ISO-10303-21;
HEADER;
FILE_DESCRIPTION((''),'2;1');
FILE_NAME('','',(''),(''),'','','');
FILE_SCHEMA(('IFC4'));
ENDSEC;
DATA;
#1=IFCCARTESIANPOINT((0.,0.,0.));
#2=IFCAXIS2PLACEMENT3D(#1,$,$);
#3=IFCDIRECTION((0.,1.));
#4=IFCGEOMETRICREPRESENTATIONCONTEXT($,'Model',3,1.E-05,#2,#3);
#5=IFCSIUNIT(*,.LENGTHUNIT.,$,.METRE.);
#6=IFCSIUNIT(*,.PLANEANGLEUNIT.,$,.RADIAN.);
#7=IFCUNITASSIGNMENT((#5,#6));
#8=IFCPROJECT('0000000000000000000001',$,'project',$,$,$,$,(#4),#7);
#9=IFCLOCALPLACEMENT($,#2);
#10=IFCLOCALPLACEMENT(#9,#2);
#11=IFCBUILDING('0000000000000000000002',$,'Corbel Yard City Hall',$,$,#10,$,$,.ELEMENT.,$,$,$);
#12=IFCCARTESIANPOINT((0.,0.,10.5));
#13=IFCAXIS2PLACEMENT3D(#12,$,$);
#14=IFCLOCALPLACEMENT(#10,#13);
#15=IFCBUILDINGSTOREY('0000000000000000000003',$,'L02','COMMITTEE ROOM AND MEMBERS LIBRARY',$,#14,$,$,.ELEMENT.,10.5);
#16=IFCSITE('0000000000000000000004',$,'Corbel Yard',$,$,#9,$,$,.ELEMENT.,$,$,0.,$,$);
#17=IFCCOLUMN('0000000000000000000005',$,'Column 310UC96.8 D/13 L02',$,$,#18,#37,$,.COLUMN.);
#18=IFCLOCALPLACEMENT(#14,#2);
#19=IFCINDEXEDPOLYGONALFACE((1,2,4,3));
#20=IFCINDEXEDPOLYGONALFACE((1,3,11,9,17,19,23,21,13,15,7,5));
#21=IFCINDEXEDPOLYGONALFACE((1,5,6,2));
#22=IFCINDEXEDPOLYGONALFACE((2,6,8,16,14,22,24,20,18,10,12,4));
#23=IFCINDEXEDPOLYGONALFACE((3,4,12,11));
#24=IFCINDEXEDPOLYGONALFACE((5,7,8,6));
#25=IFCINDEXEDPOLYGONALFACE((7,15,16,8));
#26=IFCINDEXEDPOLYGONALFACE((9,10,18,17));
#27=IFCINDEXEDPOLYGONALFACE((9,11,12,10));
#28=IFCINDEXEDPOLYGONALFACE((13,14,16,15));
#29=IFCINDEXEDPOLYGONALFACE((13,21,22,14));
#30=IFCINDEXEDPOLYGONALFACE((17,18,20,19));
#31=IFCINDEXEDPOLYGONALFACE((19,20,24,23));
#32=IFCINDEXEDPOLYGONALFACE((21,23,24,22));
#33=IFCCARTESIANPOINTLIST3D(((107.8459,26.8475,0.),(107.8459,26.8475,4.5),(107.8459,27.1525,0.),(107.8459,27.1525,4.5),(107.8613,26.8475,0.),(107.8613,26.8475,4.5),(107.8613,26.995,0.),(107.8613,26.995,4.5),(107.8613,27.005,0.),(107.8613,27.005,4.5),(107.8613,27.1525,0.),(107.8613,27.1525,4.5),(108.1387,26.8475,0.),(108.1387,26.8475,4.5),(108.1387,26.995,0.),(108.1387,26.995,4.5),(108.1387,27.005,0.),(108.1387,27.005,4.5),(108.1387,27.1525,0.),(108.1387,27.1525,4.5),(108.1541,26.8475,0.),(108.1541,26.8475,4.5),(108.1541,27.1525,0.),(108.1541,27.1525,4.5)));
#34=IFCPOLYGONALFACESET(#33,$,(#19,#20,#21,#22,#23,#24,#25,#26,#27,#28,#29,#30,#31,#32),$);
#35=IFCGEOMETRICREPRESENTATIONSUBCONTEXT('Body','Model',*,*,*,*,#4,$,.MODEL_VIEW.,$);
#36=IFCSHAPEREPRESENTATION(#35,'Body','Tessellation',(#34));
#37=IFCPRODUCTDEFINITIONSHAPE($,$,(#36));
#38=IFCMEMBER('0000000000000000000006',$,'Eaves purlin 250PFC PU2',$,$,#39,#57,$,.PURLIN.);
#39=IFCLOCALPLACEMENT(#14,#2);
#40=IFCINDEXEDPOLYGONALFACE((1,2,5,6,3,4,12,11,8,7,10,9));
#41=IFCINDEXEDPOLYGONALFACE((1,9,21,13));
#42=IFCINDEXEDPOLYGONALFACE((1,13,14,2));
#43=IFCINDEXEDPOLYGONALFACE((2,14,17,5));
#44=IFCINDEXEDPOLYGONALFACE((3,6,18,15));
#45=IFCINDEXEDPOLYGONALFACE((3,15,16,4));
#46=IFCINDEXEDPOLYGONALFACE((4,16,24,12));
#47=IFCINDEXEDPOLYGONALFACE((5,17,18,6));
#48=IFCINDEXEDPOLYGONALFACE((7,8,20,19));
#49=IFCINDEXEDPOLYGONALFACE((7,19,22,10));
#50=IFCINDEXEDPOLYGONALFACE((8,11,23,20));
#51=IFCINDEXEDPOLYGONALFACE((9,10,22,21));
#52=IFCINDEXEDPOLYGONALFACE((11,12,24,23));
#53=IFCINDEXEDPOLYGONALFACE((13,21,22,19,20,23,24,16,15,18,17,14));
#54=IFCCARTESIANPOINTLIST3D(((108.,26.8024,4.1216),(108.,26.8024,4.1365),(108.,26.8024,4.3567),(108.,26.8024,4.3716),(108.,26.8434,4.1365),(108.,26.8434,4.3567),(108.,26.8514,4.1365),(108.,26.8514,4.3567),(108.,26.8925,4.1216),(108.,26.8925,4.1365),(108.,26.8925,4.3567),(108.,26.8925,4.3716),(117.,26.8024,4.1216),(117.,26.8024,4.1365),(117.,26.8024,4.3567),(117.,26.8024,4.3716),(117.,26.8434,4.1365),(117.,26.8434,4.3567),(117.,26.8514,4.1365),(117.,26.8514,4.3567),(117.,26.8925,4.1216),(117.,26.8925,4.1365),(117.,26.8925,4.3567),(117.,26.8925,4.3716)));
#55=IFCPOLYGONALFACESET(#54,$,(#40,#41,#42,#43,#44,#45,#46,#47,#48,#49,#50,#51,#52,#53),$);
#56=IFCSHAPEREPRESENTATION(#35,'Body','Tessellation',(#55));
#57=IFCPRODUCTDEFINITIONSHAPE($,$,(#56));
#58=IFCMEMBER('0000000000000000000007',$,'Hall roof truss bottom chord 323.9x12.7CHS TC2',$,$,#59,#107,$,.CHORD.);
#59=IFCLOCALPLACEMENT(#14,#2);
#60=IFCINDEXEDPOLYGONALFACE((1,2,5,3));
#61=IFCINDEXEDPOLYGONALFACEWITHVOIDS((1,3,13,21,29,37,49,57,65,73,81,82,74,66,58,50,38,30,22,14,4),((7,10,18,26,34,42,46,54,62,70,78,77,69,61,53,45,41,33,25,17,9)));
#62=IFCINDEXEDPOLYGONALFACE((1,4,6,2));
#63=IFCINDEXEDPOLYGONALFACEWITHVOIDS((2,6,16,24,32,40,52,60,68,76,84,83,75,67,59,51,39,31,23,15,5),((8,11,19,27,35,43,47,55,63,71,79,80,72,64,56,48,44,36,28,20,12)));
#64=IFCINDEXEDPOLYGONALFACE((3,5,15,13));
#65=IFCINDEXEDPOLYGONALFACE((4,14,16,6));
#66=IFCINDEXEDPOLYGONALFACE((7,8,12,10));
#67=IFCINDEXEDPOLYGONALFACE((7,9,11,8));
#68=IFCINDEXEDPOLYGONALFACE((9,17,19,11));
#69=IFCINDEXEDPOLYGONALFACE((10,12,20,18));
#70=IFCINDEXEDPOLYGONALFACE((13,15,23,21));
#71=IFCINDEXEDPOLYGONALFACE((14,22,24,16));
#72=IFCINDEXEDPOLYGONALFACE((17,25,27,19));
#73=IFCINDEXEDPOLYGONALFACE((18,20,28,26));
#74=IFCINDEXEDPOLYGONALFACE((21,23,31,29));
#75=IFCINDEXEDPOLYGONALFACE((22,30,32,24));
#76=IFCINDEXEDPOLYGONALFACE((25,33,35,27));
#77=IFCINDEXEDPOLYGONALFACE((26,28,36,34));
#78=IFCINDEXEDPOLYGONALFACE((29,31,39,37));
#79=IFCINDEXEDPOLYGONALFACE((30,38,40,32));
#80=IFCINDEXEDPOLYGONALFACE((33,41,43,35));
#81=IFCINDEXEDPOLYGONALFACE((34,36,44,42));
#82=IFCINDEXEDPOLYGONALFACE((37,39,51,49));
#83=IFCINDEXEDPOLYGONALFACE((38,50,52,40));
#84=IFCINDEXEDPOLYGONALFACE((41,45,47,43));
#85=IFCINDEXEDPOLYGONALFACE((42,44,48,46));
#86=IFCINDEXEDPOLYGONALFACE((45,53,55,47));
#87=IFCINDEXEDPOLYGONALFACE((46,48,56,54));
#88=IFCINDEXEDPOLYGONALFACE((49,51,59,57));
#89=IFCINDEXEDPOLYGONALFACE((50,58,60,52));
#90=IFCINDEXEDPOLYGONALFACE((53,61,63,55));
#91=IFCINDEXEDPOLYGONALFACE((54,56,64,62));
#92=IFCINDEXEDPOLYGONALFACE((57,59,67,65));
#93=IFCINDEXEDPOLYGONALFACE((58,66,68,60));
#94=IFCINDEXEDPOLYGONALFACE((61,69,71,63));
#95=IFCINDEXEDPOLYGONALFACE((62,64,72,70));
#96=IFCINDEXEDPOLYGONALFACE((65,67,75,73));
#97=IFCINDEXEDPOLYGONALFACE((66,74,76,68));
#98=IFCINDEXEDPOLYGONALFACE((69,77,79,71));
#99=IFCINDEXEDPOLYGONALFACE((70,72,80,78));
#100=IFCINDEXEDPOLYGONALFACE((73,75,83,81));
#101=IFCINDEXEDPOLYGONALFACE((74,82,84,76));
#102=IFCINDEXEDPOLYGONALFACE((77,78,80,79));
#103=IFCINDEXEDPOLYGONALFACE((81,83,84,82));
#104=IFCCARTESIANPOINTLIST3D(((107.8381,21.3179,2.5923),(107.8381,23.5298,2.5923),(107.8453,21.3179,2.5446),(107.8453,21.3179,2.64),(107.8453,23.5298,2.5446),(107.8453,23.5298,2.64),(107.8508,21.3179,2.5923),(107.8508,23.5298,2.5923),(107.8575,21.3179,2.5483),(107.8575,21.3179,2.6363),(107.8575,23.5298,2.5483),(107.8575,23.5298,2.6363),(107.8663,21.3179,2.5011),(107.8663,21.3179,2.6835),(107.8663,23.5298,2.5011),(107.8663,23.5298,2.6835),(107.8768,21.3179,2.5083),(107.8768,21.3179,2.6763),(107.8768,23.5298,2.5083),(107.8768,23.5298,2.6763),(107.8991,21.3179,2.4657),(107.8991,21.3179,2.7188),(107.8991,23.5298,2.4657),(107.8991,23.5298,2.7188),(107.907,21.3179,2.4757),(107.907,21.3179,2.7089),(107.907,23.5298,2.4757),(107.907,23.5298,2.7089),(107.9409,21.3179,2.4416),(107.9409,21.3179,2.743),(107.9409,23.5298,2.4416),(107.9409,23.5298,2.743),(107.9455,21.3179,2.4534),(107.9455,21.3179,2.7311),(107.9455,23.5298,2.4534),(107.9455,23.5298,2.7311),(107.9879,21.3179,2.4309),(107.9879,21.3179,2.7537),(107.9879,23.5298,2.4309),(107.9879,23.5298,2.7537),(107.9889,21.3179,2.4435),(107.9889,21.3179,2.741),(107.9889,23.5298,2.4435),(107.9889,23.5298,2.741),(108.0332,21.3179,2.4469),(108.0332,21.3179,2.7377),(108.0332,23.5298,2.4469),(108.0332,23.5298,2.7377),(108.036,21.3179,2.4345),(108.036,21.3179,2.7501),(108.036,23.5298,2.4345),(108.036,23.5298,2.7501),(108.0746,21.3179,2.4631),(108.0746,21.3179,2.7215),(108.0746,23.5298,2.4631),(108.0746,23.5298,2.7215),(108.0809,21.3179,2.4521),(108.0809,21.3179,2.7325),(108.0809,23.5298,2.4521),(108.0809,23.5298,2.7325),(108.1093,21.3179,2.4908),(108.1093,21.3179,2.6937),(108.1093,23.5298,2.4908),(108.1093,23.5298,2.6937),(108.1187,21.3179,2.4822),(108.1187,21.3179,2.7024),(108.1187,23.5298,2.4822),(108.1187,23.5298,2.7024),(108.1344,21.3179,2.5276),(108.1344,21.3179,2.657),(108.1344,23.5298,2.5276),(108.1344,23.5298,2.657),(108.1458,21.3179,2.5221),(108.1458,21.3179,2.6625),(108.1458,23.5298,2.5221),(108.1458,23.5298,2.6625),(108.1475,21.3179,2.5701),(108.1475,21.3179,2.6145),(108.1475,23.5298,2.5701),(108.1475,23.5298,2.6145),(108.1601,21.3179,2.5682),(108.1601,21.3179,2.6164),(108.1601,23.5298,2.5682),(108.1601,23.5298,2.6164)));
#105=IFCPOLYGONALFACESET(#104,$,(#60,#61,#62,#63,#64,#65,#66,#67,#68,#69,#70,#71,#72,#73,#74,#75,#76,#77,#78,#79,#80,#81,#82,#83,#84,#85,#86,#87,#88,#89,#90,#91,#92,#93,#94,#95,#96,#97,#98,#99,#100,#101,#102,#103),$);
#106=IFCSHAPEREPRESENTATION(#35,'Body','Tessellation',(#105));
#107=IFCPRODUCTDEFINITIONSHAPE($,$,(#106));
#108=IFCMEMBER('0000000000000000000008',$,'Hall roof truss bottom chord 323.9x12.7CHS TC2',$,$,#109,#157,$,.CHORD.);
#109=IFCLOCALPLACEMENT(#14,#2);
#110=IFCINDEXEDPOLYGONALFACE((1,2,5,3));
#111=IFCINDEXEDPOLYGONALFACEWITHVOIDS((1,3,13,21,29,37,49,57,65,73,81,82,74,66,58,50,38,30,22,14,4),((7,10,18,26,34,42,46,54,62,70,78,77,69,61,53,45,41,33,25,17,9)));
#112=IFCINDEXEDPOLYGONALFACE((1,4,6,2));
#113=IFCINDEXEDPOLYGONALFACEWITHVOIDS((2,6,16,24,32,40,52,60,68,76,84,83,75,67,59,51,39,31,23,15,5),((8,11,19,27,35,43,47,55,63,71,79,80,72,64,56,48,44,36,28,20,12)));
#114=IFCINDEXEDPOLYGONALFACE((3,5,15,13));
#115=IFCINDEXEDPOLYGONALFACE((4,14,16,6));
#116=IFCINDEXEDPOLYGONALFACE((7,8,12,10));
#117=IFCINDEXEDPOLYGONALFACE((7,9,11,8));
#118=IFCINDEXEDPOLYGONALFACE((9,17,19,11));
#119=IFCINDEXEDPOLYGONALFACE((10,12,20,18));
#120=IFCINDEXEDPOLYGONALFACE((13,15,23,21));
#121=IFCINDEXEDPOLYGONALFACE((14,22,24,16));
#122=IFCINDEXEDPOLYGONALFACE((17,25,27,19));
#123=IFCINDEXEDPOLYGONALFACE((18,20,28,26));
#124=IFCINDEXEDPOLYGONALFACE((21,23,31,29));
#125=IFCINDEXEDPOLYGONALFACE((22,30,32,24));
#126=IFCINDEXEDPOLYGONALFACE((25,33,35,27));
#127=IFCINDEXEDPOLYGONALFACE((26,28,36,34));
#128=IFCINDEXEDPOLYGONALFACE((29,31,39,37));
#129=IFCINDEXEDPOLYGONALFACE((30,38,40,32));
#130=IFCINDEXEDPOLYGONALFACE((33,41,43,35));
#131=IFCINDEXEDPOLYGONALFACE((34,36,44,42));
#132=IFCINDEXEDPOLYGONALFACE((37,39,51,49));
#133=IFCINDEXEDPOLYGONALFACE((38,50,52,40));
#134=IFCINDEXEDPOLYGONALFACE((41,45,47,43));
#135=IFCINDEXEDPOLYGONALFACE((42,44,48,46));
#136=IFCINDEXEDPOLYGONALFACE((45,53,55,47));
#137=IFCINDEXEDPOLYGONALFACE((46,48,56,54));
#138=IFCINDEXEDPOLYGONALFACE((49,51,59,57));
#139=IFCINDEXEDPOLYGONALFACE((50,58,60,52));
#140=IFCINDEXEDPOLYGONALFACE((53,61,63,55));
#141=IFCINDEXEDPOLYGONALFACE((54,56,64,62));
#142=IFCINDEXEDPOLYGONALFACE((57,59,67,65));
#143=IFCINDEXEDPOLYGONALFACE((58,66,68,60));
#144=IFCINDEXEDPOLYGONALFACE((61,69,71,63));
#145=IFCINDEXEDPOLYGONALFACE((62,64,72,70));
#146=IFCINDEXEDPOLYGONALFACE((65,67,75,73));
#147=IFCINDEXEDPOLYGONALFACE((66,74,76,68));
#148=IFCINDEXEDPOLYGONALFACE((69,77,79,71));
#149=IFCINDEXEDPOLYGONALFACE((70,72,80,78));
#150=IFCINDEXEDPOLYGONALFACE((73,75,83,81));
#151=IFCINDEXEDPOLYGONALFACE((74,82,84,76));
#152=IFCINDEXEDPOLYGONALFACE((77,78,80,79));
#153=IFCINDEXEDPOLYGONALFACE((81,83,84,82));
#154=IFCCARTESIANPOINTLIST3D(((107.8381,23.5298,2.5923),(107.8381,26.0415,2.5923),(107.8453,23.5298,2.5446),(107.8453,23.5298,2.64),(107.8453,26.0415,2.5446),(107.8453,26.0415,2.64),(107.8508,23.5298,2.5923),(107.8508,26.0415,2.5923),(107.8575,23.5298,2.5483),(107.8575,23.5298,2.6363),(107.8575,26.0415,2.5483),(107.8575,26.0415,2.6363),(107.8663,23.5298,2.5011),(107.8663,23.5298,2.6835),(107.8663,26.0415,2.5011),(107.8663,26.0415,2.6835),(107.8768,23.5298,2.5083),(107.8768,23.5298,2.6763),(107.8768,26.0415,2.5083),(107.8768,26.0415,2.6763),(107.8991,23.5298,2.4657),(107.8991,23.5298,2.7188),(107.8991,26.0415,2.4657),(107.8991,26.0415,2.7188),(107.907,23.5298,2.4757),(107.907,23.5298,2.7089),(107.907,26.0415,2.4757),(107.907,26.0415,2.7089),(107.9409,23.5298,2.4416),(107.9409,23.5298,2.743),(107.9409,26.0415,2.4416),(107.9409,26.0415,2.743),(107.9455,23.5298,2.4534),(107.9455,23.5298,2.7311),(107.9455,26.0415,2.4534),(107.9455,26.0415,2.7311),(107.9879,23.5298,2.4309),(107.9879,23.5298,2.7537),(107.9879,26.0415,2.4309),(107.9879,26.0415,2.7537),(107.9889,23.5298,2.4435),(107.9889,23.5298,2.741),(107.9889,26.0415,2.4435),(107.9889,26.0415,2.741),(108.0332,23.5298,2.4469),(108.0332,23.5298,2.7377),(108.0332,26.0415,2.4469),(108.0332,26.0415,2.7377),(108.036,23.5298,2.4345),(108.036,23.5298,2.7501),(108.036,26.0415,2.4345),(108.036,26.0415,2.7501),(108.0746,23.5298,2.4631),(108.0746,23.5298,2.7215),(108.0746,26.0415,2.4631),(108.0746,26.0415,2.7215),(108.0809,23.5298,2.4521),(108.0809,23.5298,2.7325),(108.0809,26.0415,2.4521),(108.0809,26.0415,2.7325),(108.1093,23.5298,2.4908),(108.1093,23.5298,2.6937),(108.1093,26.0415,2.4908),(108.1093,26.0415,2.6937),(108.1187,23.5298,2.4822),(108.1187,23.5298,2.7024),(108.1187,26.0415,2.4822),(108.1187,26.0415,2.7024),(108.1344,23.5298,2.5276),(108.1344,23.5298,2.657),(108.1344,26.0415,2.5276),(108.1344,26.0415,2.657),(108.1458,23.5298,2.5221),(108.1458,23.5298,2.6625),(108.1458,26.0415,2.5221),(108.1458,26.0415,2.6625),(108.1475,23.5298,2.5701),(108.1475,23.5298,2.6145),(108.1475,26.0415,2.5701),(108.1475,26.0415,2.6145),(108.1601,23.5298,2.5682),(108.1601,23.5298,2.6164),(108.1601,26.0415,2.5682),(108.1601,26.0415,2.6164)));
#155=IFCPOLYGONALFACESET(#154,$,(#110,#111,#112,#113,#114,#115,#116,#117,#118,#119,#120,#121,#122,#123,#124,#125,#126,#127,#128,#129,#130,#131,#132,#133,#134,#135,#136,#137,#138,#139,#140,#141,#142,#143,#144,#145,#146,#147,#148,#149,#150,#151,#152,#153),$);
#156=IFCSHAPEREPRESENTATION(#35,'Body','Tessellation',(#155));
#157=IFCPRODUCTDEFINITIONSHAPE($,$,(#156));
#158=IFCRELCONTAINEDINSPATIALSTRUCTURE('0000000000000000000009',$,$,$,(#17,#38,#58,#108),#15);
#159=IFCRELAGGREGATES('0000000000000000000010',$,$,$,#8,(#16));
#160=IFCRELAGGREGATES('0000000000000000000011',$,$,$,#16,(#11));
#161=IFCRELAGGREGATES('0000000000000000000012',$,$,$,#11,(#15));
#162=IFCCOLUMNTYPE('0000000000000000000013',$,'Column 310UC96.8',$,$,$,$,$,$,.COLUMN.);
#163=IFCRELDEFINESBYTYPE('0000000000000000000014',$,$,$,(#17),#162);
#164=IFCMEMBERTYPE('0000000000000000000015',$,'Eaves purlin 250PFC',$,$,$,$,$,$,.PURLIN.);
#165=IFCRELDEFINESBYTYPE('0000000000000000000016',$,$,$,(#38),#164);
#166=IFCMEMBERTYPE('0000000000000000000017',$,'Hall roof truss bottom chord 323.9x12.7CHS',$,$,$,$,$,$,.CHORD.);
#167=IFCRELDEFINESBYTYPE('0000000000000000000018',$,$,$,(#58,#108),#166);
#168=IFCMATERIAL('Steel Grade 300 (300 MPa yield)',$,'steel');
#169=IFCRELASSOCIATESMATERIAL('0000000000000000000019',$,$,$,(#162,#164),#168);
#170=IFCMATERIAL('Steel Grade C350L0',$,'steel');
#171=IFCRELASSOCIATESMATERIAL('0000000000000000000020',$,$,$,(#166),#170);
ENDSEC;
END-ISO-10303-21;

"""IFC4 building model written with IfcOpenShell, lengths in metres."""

from ifc_helpers import new_model, si_unit, direction, frame, origin, origin_2d, place, context, subcontext, project, spatial, hollow_circle, i_section, extrude, material, material_profile, profile_set, type_object, element, save


model = new_model("IFC4")

# Units and contexts
model_context = context("Model", 3, precision=1e-05, world=origin(), true_north=direction((0.0, 1.0)))
body_context = subcontext(model_context, "Body", "Model", "MODEL_VIEW")
ifc_project = project(units=[si_unit("LENGTHUNIT", "METRE"), si_unit("PLANEANGLEUNIT", "RADIAN")], contexts=[model_context])

# Site, building, storey
site_placement = place(None, origin())
site = spatial("IfcSite", under=ifc_project, at=site_placement, Name="Corbel Yard", CompositionType="ELEMENT", RefElevation=0.0)
building_placement = place(site_placement, origin())
building = spatial("IfcBuilding", under=site, at=building_placement, Name="Corbel Yard City Hall", CompositionType="ELEMENT")
storey_placement = place(building_placement, frame((0.0, 0.0, 10.5)))
storey = spatial("IfcBuildingStorey", under=building, at=storey_placement, Name="L02", Description="COMMITTEE ROOM AND MEMBERS LIBRARY", CompositionType="ELEMENT", Elevation=10.5)

# Column
ifc_material_1 = material(Name="Steel Grade 300 (300 MPa yield)", Category="steel")
ifc_material_profile_1 = material_profile(ifc_material_1, i_section(OverallWidth=0.3049, OverallDepth=0.3081, WebThickness=0.01, FlangeThickness=0.0154, at=origin_2d()), Name="310UC96.8")
ifc_profile_set_1 = profile_set([ifc_material_profile_1], Name="Steel Grade 300 (300 MPa yield)")
column_type = type_object("IfcColumnType", Name="Column 310UC96.8", PredefinedType="COLUMN", material=ifc_profile_set_1)
column_placement = place(storey_placement, frame((108.0, 27.0, 0.0), z_axis=(0.0, 0.0, 1.0), x_axis=(0.0, 1.0, 0.0)))
element("IfcColumn", 1, at=column_placement, inside=storey, type_object=column_type, Name="Column 310UC96.8 D/13 L02", PredefinedType="COLUMN", context=body_context, shape_type="SweptSolid", body=[
    extrude(i_section(OverallWidth=0.3049, OverallDepth=0.3081, WebThickness=0.01, FlangeThickness=0.0154, at=origin_2d()), origin(), (0.0, 0.0, 1.0), 4.5),
])

# Members
ifc_material_profile_2 = material_profile(ifc_material_1, i_section(OverallWidth=0.0901, OverallDepth=0.25, WebThickness=0.0081, FlangeThickness=0.0149, at=origin_2d()), Name="250PFC")
ifc_profile_set_2 = profile_set([ifc_material_profile_2], Name="Steel Grade 300 (300 MPa yield)")
member_type_1 = type_object("IfcMemberType", Name="Eaves purlin 250PFC", PredefinedType="PURLIN", material=ifc_profile_set_2)
member_1_placement = place(storey_placement, frame((108.0, 26.8474, 4.2466), z_axis=(1.0, 0.0, 0.0), x_axis=(0.0, 1.0, 0.0)))
element("IfcMember", 2, at=member_1_placement, inside=storey, type_object=member_type_1, Name="Eaves purlin 250PFC PU2", PredefinedType="PURLIN", context=body_context, shape_type="SweptSolid", body=[
    extrude(i_section(OverallWidth=0.0901, OverallDepth=0.25, WebThickness=0.0081, FlangeThickness=0.0149, at=origin_2d()), origin(), (0.0, 0.0, 1.0), 9.0),
])
ifc_material_2 = material(Name="Steel Grade C350L0", Category="steel")
ifc_material_profile_3 = material_profile(ifc_material_2, hollow_circle(Radius=0.1619, WallThickness=0.0127, at=origin_2d()), Name="323.9x12.7CHS")
ifc_profile_set_3 = profile_set([ifc_material_profile_3], Name="Steel Grade C350L0")
member_type_2 = type_object("IfcMemberType", Name="Hall roof truss bottom chord 323.9x12.7CHS", PredefinedType="CHORD", material=ifc_profile_set_3)
member_2_placement = place(storey_placement, frame((108.0, 21.3179, 2.5923), z_axis=(0.0, 1.0, 0.0), x_axis=(-1.0, 0.0, 0.0)))
element("IfcMember", 3, at=member_2_placement, inside=storey, type_object=member_type_2, Name="Hall roof truss bottom chord 323.9x12.7CHS TC2", PredefinedType="CHORD", context=body_context, shape_type="SweptSolid", body=[
    extrude(hollow_circle(Radius=0.1619, WallThickness=0.0127, at=origin_2d()), origin(), (0.0, 0.0, 1.0), 2.2119),
])
member_3_placement = place(storey_placement, frame((108.0, 23.5298, 2.5923), z_axis=(0.0, 1.0, 0.0), x_axis=(-1.0, 0.0, 0.0)))
element("IfcMember", 4, at=member_3_placement, inside=storey, type_object=member_type_2, Name="Hall roof truss bottom chord 323.9x12.7CHS TC2", PredefinedType="CHORD", context=body_context, shape_type="SweptSolid", body=[
    extrude(hollow_circle(Radius=0.1619, WallThickness=0.0127, at=origin_2d()), origin(), (0.0, 0.0, 1.0), 2.5117),
])

save(model, "model.ifc")
